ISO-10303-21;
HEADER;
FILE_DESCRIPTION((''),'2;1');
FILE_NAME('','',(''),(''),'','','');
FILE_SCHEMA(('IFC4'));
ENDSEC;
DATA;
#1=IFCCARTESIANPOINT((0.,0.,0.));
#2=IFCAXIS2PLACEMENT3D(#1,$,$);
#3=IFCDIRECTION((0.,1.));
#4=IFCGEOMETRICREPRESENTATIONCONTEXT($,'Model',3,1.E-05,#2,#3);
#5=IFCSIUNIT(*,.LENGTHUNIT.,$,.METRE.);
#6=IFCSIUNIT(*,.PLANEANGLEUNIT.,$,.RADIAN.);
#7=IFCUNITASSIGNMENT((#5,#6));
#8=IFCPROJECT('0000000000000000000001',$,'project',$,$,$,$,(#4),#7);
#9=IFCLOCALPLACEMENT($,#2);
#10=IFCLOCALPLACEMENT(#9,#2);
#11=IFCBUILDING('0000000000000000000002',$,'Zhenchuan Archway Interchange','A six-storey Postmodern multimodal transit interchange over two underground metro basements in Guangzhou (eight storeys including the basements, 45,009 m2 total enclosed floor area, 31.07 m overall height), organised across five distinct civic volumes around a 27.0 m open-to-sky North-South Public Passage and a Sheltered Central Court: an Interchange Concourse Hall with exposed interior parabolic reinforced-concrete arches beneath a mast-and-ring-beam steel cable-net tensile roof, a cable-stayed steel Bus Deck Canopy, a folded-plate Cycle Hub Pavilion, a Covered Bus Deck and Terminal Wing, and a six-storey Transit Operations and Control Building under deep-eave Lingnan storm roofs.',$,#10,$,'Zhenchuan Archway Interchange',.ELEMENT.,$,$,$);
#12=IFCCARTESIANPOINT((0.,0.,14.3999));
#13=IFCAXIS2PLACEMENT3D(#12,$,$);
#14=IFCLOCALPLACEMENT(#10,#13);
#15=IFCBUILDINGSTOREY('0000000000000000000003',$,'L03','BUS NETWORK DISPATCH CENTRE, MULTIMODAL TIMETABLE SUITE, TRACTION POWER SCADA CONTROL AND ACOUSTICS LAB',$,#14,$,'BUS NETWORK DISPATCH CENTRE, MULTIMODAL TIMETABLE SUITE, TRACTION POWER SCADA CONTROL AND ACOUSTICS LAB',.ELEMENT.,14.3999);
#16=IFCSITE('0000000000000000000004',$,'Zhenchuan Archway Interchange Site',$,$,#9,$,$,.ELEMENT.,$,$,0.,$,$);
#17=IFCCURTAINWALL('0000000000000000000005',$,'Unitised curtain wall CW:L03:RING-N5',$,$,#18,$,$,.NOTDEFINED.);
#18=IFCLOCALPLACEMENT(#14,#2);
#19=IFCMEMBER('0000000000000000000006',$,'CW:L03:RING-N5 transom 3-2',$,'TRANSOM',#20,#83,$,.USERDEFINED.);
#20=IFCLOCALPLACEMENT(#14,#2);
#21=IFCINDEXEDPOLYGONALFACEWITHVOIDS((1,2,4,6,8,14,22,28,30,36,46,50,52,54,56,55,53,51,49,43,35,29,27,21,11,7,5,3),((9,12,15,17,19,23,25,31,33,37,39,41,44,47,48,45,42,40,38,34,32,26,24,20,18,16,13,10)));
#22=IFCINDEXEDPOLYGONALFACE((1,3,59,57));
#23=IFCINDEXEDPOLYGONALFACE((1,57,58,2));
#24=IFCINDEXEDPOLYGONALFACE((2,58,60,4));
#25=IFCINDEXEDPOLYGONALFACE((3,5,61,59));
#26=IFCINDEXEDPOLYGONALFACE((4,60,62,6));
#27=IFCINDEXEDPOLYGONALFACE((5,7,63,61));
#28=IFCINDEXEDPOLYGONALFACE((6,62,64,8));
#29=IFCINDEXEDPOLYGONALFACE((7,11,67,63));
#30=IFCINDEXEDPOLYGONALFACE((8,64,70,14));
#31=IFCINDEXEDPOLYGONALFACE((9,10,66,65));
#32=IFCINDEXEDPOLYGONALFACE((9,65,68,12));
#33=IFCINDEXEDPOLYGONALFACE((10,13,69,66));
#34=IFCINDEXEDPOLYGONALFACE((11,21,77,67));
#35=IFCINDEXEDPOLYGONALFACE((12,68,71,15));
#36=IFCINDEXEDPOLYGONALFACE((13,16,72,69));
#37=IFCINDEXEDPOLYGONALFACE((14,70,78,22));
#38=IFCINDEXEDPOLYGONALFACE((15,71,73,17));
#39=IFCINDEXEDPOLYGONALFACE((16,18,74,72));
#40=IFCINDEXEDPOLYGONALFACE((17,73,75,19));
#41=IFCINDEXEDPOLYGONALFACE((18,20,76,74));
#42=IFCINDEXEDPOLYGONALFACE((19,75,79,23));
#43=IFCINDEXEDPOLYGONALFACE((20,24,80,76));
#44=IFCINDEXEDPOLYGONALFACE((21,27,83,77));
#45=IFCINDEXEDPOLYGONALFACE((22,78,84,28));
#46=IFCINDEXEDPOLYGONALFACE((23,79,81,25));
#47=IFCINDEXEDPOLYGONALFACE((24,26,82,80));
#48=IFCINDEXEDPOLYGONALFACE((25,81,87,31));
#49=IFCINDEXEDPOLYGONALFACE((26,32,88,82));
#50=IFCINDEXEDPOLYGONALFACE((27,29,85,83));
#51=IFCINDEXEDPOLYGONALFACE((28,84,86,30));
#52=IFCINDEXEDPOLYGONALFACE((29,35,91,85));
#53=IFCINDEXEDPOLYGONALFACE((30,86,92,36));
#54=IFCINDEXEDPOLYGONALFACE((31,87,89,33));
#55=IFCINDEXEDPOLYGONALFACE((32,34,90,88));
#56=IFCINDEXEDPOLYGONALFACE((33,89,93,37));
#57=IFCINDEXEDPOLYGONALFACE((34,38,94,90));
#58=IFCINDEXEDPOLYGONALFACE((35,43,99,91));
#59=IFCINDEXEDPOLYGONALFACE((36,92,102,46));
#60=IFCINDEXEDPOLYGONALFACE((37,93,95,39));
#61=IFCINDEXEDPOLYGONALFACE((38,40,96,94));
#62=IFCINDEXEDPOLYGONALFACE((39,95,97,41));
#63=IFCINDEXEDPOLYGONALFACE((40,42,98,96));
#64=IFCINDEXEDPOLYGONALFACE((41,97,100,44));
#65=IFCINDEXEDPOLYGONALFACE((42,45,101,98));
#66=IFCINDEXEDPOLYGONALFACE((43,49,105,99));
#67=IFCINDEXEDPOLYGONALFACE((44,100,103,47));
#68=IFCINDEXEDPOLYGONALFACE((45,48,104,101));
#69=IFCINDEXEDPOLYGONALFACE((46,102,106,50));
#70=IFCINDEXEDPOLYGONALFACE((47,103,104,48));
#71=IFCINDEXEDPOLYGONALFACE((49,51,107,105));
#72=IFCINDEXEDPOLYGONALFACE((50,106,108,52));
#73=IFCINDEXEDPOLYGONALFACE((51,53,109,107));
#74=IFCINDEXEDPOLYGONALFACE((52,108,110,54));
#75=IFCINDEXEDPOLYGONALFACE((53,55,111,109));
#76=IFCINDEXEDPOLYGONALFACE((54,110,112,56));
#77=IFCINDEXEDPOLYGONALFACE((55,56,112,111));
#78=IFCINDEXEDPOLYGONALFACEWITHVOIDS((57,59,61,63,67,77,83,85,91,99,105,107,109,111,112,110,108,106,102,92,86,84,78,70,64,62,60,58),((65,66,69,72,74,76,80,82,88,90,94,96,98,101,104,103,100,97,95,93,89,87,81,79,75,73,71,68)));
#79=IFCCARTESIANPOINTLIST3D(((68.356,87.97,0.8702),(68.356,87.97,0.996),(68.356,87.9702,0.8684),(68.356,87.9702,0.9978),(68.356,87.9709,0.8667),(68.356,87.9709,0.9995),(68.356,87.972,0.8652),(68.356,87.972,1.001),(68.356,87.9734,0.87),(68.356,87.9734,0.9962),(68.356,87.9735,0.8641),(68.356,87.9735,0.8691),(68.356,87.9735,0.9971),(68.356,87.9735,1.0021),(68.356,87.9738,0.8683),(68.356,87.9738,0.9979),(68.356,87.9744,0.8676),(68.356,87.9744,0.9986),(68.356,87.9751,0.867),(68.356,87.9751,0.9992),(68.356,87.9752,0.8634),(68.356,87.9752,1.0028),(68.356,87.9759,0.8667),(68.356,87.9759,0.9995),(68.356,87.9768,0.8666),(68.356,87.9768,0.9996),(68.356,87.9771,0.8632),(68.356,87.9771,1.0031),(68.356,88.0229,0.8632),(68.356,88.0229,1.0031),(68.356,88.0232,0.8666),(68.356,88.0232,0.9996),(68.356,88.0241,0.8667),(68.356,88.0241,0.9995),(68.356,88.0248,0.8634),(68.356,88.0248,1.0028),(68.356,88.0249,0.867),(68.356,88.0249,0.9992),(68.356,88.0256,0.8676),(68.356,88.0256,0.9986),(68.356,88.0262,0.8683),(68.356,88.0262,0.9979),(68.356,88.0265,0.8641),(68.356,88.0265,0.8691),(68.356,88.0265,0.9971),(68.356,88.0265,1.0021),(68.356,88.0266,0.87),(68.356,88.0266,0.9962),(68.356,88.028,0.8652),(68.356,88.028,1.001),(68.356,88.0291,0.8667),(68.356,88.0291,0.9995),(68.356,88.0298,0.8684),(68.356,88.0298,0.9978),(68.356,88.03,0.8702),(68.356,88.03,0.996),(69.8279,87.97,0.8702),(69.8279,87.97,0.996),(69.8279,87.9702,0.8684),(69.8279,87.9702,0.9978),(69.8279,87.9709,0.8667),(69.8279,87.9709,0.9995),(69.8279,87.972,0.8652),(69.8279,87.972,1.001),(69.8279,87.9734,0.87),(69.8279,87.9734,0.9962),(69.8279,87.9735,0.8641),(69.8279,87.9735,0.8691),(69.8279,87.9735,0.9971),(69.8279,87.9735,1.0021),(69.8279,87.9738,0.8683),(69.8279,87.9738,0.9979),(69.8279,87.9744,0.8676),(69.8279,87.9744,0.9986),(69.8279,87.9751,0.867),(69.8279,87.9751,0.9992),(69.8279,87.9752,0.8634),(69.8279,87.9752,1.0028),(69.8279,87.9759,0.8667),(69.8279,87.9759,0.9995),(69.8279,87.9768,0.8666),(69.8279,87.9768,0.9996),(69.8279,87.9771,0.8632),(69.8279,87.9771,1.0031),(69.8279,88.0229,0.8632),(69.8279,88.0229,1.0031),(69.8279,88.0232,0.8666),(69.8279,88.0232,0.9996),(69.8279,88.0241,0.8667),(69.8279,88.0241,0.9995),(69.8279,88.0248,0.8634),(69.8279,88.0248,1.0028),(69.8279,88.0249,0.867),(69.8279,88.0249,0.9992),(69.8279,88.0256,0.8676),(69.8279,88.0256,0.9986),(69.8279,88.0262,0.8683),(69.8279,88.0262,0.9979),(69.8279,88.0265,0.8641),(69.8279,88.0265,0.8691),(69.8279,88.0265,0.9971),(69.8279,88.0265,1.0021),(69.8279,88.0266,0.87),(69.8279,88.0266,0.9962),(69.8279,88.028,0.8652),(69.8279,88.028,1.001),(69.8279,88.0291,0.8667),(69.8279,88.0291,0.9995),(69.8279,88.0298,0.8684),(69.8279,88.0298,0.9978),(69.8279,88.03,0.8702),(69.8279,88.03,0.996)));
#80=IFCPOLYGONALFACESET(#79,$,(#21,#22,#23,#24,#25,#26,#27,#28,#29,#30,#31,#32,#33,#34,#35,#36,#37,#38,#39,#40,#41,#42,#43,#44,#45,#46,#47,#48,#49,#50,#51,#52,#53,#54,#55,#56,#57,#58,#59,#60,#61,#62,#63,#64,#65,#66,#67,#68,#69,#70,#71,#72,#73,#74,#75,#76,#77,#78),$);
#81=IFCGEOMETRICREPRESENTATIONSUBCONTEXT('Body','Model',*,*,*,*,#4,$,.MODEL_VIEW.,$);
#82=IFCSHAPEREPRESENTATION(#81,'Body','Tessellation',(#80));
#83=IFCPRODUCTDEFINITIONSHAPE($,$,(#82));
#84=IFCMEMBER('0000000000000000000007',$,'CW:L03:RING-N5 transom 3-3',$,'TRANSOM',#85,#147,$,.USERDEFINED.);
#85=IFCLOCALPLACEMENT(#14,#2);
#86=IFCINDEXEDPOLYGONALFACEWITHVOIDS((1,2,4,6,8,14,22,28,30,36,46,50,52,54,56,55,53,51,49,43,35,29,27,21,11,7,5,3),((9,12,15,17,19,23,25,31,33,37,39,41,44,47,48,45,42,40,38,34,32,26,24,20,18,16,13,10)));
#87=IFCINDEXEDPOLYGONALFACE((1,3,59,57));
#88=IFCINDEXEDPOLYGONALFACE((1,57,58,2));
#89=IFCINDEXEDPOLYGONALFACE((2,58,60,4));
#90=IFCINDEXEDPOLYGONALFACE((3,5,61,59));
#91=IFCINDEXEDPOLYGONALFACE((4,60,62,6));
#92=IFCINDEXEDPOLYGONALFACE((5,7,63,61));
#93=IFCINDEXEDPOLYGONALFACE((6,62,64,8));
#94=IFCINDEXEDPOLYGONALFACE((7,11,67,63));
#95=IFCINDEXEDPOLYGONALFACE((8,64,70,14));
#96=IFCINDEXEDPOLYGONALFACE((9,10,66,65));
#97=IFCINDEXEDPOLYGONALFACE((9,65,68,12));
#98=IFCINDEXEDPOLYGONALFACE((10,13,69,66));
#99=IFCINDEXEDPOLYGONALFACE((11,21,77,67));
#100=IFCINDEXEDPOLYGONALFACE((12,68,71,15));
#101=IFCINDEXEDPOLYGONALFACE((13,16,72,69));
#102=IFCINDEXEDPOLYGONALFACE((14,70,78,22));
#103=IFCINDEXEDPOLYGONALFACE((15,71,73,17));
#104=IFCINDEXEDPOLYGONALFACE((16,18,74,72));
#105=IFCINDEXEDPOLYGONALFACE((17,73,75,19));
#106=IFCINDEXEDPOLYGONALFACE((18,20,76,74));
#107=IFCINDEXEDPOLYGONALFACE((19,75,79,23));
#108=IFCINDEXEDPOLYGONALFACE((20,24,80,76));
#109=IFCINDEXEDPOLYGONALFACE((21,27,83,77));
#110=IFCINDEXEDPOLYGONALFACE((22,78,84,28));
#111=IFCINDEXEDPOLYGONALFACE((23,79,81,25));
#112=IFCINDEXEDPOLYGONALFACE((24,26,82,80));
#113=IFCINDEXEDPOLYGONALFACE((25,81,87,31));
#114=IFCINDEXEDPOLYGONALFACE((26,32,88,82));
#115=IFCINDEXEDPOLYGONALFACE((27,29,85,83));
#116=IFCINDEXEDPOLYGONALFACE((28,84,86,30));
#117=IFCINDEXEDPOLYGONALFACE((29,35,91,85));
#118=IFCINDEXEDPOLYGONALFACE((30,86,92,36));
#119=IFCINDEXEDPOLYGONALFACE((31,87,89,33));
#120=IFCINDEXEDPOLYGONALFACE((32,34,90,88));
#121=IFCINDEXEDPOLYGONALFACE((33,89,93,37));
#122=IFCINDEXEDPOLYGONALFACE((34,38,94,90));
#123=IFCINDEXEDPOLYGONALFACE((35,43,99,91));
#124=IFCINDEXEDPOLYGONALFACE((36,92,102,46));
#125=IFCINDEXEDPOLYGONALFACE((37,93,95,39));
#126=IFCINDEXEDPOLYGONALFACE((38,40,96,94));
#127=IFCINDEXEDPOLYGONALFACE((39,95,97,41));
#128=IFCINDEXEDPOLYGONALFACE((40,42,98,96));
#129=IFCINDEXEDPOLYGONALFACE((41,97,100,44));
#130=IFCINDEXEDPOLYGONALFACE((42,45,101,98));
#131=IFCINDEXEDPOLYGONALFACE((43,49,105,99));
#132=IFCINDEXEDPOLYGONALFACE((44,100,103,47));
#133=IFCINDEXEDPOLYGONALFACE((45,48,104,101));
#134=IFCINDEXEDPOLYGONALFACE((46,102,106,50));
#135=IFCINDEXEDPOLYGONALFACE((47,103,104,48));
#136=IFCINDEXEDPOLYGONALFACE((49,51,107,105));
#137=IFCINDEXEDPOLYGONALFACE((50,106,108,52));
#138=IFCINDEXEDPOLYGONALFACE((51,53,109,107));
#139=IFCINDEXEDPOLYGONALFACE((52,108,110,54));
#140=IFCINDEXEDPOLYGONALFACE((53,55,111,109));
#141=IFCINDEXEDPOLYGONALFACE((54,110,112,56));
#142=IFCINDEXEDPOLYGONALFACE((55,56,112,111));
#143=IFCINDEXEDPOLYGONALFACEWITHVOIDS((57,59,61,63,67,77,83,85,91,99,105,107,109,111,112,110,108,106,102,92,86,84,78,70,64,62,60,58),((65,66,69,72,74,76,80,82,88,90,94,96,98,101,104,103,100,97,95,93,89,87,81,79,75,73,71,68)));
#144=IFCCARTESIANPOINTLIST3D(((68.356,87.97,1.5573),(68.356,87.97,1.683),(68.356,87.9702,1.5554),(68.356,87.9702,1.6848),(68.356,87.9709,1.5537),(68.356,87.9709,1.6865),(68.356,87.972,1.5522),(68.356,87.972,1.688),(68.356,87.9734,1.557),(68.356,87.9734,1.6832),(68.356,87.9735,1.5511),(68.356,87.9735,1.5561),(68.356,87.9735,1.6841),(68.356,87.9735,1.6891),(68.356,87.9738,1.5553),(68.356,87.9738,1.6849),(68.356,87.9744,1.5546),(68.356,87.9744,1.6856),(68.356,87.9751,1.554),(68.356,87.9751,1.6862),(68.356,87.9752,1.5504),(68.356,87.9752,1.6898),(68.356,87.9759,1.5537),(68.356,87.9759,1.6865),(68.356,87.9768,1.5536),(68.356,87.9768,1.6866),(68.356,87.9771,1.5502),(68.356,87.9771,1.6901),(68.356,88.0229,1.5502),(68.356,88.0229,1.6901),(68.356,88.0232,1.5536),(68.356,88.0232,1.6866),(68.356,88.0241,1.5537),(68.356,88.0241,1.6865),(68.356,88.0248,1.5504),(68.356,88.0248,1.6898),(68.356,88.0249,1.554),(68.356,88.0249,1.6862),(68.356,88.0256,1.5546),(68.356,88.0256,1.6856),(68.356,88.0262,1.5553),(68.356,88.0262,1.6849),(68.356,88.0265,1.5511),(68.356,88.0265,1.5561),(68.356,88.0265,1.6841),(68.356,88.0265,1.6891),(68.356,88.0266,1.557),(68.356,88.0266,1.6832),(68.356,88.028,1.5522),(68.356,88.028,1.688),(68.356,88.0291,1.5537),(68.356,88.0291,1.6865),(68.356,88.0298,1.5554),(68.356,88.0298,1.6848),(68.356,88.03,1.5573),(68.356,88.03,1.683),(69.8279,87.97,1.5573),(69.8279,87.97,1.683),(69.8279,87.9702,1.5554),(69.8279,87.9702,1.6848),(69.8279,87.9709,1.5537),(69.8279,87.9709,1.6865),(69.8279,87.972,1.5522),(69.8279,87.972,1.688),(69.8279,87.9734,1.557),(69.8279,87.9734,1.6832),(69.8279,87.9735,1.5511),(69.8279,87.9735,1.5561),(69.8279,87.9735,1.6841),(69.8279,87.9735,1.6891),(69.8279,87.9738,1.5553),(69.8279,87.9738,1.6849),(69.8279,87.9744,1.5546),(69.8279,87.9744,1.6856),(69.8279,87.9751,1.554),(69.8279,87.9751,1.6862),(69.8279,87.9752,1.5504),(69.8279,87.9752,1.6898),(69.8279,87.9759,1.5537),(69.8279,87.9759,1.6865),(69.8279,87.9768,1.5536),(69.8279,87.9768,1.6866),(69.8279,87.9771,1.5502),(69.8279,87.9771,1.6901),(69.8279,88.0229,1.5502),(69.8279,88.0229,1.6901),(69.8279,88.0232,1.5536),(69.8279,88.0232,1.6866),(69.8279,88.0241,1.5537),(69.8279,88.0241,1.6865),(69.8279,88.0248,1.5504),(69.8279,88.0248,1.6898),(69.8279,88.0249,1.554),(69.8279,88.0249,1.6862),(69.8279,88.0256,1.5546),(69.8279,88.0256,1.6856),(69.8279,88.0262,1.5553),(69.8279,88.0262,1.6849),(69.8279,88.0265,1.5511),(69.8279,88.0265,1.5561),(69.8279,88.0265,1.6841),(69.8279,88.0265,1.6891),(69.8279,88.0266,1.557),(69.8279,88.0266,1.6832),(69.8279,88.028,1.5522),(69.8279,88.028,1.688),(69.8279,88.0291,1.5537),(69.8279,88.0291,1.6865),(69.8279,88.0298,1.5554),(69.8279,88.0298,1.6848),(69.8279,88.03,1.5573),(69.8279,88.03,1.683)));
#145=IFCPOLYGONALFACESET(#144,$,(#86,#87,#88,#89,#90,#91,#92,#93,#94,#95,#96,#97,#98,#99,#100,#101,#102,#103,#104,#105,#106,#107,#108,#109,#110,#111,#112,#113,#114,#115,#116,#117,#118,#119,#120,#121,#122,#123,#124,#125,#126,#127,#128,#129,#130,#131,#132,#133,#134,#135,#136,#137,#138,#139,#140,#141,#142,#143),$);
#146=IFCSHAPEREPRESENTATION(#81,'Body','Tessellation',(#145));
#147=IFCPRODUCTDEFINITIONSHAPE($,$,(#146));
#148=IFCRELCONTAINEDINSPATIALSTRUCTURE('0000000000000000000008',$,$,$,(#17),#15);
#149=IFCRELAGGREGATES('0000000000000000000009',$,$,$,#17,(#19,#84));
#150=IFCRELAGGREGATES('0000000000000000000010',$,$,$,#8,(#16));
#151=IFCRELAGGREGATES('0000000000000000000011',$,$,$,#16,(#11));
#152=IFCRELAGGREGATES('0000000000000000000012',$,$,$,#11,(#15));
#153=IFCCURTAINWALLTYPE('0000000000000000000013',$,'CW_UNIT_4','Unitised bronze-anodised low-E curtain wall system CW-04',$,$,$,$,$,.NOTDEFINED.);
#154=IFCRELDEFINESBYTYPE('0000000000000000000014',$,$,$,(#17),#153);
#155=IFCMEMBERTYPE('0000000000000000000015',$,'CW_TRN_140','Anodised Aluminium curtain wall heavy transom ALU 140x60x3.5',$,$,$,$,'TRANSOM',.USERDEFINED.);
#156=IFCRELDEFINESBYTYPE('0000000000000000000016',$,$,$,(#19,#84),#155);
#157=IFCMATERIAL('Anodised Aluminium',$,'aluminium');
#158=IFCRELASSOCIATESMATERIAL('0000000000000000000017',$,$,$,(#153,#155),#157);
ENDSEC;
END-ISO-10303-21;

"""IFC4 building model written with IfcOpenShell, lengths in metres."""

from ifc_helpers import new_model, si_unit, direction, frame, origin, origin_2d, place, context, subcontext, project, spatial, hollow_rectangle, extrude, material, material_profile, profile_set, type_object, element, aggregate, save


model = new_model("IFC4")

# Units and contexts
model_context = context("Model", 3, precision=1e-05, world=origin(), true_north=direction((0.0, 1.0)))
body_context = subcontext(model_context, "Body", "Model", "MODEL_VIEW")
ifc_project = project(units=[si_unit("LENGTHUNIT", "METRE"), si_unit("PLANEANGLEUNIT", "RADIAN")], contexts=[model_context])

# Site, building, storey
site_placement = place(None, origin())
site = spatial("IfcSite", under=ifc_project, at=site_placement, Name="Zhenchuan Archway Interchange Site", CompositionType="ELEMENT", RefElevation=0.0)
building_placement = place(site_placement, origin())
building = spatial("IfcBuilding", under=site, at=building_placement, Name="Zhenchuan Archway Interchange", Description="A six-storey Postmodern multimodal transit interchange over two underground metro basements in Guangzhou (eight storeys including the basements, 45,009 m2 total enclosed floor area, 31.07 m overall height), organised across five distinct civic volumes around a 27.0 m open-to-sky North-South Public Passage and a Sheltered Central Court: an Interchange Concourse Hall with exposed interior parabolic reinforced-concrete arches beneath a mast-and-ring-beam steel cable-net tensile roof, a cable-stayed steel Bus Deck Canopy, a folded-plate Cycle Hub Pavilion, a Covered Bus Deck and Terminal Wing, and a six-storey Transit Operations and Control Building under deep-eave Lingnan storm roofs.", LongName="Zhenchuan Archway Interchange", CompositionType="ELEMENT")
storey_placement = place(building_placement, frame((0.0, 0.0, 14.3999)))
storey = spatial("IfcBuildingStorey", under=building, at=storey_placement, Name="L03", Description="BUS NETWORK DISPATCH CENTRE, MULTIMODAL TIMETABLE SUITE, TRACTION POWER SCADA CONTROL AND ACOUSTICS LAB", LongName="BUS NETWORK DISPATCH CENTRE, MULTIMODAL TIMETABLE SUITE, TRACTION POWER SCADA CONTROL AND ACOUSTICS LAB", CompositionType="ELEMENT", Elevation=14.3999)

# Curtain wall
ifc_material_1 = material(Name="Anodised Aluminium", Category="aluminium")
curtain_wall_type_1 = type_object("IfcCurtainWallType", Name="CW_UNIT_4", Description="Unitised bronze-anodised low-E curtain wall system CW-04", PredefinedType="NOTDEFINED", material=ifc_material_1)
curtain_wall_1_placement = place(storey_placement, origin())
curtain_wall_1 = element("IfcCurtainWall", 1, at=curtain_wall_1_placement, inside=storey, type_object=curtain_wall_type_1, Name="Unitised curtain wall CW:L03:RING-N5", PredefinedType="NOTDEFINED")

# Members
ifc_material_profile_1 = material_profile(ifc_material_1, hollow_rectangle(XDim=0.0601, YDim=0.1399, WallThickness=0.0034, InnerFilletRadius=0.0034, OuterFilletRadius=0.0071, at=origin_2d()), Name="ALU 140x60x3.5")
ifc_profile_set_1 = profile_set([ifc_material_profile_1], Name="Anodised Aluminium")
member_type_1 = type_object("IfcMemberType", Name="CW_TRN_140", Description="Anodised Aluminium curtain wall heavy transom ALU 140x60x3.5", ElementType="TRANSOM", PredefinedType="USERDEFINED", material=ifc_profile_set_1)
member_1_placement = place(storey_placement, frame((68.356, 88.0, 0.9331), z_axis=(1.0, 0.0, 0.0), x_axis=(0.0, 1.0, 0.0)))
member_1 = element("IfcMember", 2, at=member_1_placement, type_object=member_type_1, Name="CW:L03:RING-N5 transom 3-2", ObjectType="TRANSOM", PredefinedType="USERDEFINED", context=body_context, shape_type="SweptSolid", body=[
    extrude(hollow_rectangle(XDim=0.0601, YDim=0.1399, WallThickness=0.0034, InnerFilletRadius=0.0034, OuterFilletRadius=0.0071, at=origin_2d()), origin(), (0.0, 0.0, 1.0), 1.4719),
])
member_2_placement = place(storey_placement, frame((68.356, 88.0, 1.6201), z_axis=(1.0, 0.0, 0.0), x_axis=(0.0, 1.0, 0.0)))
member_2 = element("IfcMember", 3, at=member_2_placement, type_object=member_type_1, Name="CW:L03:RING-N5 transom 3-3", ObjectType="TRANSOM", PredefinedType="USERDEFINED", context=body_context, shape_type="SweptSolid", body=[
    extrude(hollow_rectangle(XDim=0.0601, YDim=0.1399, WallThickness=0.0034, InnerFilletRadius=0.0034, OuterFilletRadius=0.0071, at=origin_2d()), origin(), (0.0, 0.0, 1.0), 1.4719),
])

aggregate(curtain_wall_1, [member_1, member_2])

save(model, "model.ifc")
